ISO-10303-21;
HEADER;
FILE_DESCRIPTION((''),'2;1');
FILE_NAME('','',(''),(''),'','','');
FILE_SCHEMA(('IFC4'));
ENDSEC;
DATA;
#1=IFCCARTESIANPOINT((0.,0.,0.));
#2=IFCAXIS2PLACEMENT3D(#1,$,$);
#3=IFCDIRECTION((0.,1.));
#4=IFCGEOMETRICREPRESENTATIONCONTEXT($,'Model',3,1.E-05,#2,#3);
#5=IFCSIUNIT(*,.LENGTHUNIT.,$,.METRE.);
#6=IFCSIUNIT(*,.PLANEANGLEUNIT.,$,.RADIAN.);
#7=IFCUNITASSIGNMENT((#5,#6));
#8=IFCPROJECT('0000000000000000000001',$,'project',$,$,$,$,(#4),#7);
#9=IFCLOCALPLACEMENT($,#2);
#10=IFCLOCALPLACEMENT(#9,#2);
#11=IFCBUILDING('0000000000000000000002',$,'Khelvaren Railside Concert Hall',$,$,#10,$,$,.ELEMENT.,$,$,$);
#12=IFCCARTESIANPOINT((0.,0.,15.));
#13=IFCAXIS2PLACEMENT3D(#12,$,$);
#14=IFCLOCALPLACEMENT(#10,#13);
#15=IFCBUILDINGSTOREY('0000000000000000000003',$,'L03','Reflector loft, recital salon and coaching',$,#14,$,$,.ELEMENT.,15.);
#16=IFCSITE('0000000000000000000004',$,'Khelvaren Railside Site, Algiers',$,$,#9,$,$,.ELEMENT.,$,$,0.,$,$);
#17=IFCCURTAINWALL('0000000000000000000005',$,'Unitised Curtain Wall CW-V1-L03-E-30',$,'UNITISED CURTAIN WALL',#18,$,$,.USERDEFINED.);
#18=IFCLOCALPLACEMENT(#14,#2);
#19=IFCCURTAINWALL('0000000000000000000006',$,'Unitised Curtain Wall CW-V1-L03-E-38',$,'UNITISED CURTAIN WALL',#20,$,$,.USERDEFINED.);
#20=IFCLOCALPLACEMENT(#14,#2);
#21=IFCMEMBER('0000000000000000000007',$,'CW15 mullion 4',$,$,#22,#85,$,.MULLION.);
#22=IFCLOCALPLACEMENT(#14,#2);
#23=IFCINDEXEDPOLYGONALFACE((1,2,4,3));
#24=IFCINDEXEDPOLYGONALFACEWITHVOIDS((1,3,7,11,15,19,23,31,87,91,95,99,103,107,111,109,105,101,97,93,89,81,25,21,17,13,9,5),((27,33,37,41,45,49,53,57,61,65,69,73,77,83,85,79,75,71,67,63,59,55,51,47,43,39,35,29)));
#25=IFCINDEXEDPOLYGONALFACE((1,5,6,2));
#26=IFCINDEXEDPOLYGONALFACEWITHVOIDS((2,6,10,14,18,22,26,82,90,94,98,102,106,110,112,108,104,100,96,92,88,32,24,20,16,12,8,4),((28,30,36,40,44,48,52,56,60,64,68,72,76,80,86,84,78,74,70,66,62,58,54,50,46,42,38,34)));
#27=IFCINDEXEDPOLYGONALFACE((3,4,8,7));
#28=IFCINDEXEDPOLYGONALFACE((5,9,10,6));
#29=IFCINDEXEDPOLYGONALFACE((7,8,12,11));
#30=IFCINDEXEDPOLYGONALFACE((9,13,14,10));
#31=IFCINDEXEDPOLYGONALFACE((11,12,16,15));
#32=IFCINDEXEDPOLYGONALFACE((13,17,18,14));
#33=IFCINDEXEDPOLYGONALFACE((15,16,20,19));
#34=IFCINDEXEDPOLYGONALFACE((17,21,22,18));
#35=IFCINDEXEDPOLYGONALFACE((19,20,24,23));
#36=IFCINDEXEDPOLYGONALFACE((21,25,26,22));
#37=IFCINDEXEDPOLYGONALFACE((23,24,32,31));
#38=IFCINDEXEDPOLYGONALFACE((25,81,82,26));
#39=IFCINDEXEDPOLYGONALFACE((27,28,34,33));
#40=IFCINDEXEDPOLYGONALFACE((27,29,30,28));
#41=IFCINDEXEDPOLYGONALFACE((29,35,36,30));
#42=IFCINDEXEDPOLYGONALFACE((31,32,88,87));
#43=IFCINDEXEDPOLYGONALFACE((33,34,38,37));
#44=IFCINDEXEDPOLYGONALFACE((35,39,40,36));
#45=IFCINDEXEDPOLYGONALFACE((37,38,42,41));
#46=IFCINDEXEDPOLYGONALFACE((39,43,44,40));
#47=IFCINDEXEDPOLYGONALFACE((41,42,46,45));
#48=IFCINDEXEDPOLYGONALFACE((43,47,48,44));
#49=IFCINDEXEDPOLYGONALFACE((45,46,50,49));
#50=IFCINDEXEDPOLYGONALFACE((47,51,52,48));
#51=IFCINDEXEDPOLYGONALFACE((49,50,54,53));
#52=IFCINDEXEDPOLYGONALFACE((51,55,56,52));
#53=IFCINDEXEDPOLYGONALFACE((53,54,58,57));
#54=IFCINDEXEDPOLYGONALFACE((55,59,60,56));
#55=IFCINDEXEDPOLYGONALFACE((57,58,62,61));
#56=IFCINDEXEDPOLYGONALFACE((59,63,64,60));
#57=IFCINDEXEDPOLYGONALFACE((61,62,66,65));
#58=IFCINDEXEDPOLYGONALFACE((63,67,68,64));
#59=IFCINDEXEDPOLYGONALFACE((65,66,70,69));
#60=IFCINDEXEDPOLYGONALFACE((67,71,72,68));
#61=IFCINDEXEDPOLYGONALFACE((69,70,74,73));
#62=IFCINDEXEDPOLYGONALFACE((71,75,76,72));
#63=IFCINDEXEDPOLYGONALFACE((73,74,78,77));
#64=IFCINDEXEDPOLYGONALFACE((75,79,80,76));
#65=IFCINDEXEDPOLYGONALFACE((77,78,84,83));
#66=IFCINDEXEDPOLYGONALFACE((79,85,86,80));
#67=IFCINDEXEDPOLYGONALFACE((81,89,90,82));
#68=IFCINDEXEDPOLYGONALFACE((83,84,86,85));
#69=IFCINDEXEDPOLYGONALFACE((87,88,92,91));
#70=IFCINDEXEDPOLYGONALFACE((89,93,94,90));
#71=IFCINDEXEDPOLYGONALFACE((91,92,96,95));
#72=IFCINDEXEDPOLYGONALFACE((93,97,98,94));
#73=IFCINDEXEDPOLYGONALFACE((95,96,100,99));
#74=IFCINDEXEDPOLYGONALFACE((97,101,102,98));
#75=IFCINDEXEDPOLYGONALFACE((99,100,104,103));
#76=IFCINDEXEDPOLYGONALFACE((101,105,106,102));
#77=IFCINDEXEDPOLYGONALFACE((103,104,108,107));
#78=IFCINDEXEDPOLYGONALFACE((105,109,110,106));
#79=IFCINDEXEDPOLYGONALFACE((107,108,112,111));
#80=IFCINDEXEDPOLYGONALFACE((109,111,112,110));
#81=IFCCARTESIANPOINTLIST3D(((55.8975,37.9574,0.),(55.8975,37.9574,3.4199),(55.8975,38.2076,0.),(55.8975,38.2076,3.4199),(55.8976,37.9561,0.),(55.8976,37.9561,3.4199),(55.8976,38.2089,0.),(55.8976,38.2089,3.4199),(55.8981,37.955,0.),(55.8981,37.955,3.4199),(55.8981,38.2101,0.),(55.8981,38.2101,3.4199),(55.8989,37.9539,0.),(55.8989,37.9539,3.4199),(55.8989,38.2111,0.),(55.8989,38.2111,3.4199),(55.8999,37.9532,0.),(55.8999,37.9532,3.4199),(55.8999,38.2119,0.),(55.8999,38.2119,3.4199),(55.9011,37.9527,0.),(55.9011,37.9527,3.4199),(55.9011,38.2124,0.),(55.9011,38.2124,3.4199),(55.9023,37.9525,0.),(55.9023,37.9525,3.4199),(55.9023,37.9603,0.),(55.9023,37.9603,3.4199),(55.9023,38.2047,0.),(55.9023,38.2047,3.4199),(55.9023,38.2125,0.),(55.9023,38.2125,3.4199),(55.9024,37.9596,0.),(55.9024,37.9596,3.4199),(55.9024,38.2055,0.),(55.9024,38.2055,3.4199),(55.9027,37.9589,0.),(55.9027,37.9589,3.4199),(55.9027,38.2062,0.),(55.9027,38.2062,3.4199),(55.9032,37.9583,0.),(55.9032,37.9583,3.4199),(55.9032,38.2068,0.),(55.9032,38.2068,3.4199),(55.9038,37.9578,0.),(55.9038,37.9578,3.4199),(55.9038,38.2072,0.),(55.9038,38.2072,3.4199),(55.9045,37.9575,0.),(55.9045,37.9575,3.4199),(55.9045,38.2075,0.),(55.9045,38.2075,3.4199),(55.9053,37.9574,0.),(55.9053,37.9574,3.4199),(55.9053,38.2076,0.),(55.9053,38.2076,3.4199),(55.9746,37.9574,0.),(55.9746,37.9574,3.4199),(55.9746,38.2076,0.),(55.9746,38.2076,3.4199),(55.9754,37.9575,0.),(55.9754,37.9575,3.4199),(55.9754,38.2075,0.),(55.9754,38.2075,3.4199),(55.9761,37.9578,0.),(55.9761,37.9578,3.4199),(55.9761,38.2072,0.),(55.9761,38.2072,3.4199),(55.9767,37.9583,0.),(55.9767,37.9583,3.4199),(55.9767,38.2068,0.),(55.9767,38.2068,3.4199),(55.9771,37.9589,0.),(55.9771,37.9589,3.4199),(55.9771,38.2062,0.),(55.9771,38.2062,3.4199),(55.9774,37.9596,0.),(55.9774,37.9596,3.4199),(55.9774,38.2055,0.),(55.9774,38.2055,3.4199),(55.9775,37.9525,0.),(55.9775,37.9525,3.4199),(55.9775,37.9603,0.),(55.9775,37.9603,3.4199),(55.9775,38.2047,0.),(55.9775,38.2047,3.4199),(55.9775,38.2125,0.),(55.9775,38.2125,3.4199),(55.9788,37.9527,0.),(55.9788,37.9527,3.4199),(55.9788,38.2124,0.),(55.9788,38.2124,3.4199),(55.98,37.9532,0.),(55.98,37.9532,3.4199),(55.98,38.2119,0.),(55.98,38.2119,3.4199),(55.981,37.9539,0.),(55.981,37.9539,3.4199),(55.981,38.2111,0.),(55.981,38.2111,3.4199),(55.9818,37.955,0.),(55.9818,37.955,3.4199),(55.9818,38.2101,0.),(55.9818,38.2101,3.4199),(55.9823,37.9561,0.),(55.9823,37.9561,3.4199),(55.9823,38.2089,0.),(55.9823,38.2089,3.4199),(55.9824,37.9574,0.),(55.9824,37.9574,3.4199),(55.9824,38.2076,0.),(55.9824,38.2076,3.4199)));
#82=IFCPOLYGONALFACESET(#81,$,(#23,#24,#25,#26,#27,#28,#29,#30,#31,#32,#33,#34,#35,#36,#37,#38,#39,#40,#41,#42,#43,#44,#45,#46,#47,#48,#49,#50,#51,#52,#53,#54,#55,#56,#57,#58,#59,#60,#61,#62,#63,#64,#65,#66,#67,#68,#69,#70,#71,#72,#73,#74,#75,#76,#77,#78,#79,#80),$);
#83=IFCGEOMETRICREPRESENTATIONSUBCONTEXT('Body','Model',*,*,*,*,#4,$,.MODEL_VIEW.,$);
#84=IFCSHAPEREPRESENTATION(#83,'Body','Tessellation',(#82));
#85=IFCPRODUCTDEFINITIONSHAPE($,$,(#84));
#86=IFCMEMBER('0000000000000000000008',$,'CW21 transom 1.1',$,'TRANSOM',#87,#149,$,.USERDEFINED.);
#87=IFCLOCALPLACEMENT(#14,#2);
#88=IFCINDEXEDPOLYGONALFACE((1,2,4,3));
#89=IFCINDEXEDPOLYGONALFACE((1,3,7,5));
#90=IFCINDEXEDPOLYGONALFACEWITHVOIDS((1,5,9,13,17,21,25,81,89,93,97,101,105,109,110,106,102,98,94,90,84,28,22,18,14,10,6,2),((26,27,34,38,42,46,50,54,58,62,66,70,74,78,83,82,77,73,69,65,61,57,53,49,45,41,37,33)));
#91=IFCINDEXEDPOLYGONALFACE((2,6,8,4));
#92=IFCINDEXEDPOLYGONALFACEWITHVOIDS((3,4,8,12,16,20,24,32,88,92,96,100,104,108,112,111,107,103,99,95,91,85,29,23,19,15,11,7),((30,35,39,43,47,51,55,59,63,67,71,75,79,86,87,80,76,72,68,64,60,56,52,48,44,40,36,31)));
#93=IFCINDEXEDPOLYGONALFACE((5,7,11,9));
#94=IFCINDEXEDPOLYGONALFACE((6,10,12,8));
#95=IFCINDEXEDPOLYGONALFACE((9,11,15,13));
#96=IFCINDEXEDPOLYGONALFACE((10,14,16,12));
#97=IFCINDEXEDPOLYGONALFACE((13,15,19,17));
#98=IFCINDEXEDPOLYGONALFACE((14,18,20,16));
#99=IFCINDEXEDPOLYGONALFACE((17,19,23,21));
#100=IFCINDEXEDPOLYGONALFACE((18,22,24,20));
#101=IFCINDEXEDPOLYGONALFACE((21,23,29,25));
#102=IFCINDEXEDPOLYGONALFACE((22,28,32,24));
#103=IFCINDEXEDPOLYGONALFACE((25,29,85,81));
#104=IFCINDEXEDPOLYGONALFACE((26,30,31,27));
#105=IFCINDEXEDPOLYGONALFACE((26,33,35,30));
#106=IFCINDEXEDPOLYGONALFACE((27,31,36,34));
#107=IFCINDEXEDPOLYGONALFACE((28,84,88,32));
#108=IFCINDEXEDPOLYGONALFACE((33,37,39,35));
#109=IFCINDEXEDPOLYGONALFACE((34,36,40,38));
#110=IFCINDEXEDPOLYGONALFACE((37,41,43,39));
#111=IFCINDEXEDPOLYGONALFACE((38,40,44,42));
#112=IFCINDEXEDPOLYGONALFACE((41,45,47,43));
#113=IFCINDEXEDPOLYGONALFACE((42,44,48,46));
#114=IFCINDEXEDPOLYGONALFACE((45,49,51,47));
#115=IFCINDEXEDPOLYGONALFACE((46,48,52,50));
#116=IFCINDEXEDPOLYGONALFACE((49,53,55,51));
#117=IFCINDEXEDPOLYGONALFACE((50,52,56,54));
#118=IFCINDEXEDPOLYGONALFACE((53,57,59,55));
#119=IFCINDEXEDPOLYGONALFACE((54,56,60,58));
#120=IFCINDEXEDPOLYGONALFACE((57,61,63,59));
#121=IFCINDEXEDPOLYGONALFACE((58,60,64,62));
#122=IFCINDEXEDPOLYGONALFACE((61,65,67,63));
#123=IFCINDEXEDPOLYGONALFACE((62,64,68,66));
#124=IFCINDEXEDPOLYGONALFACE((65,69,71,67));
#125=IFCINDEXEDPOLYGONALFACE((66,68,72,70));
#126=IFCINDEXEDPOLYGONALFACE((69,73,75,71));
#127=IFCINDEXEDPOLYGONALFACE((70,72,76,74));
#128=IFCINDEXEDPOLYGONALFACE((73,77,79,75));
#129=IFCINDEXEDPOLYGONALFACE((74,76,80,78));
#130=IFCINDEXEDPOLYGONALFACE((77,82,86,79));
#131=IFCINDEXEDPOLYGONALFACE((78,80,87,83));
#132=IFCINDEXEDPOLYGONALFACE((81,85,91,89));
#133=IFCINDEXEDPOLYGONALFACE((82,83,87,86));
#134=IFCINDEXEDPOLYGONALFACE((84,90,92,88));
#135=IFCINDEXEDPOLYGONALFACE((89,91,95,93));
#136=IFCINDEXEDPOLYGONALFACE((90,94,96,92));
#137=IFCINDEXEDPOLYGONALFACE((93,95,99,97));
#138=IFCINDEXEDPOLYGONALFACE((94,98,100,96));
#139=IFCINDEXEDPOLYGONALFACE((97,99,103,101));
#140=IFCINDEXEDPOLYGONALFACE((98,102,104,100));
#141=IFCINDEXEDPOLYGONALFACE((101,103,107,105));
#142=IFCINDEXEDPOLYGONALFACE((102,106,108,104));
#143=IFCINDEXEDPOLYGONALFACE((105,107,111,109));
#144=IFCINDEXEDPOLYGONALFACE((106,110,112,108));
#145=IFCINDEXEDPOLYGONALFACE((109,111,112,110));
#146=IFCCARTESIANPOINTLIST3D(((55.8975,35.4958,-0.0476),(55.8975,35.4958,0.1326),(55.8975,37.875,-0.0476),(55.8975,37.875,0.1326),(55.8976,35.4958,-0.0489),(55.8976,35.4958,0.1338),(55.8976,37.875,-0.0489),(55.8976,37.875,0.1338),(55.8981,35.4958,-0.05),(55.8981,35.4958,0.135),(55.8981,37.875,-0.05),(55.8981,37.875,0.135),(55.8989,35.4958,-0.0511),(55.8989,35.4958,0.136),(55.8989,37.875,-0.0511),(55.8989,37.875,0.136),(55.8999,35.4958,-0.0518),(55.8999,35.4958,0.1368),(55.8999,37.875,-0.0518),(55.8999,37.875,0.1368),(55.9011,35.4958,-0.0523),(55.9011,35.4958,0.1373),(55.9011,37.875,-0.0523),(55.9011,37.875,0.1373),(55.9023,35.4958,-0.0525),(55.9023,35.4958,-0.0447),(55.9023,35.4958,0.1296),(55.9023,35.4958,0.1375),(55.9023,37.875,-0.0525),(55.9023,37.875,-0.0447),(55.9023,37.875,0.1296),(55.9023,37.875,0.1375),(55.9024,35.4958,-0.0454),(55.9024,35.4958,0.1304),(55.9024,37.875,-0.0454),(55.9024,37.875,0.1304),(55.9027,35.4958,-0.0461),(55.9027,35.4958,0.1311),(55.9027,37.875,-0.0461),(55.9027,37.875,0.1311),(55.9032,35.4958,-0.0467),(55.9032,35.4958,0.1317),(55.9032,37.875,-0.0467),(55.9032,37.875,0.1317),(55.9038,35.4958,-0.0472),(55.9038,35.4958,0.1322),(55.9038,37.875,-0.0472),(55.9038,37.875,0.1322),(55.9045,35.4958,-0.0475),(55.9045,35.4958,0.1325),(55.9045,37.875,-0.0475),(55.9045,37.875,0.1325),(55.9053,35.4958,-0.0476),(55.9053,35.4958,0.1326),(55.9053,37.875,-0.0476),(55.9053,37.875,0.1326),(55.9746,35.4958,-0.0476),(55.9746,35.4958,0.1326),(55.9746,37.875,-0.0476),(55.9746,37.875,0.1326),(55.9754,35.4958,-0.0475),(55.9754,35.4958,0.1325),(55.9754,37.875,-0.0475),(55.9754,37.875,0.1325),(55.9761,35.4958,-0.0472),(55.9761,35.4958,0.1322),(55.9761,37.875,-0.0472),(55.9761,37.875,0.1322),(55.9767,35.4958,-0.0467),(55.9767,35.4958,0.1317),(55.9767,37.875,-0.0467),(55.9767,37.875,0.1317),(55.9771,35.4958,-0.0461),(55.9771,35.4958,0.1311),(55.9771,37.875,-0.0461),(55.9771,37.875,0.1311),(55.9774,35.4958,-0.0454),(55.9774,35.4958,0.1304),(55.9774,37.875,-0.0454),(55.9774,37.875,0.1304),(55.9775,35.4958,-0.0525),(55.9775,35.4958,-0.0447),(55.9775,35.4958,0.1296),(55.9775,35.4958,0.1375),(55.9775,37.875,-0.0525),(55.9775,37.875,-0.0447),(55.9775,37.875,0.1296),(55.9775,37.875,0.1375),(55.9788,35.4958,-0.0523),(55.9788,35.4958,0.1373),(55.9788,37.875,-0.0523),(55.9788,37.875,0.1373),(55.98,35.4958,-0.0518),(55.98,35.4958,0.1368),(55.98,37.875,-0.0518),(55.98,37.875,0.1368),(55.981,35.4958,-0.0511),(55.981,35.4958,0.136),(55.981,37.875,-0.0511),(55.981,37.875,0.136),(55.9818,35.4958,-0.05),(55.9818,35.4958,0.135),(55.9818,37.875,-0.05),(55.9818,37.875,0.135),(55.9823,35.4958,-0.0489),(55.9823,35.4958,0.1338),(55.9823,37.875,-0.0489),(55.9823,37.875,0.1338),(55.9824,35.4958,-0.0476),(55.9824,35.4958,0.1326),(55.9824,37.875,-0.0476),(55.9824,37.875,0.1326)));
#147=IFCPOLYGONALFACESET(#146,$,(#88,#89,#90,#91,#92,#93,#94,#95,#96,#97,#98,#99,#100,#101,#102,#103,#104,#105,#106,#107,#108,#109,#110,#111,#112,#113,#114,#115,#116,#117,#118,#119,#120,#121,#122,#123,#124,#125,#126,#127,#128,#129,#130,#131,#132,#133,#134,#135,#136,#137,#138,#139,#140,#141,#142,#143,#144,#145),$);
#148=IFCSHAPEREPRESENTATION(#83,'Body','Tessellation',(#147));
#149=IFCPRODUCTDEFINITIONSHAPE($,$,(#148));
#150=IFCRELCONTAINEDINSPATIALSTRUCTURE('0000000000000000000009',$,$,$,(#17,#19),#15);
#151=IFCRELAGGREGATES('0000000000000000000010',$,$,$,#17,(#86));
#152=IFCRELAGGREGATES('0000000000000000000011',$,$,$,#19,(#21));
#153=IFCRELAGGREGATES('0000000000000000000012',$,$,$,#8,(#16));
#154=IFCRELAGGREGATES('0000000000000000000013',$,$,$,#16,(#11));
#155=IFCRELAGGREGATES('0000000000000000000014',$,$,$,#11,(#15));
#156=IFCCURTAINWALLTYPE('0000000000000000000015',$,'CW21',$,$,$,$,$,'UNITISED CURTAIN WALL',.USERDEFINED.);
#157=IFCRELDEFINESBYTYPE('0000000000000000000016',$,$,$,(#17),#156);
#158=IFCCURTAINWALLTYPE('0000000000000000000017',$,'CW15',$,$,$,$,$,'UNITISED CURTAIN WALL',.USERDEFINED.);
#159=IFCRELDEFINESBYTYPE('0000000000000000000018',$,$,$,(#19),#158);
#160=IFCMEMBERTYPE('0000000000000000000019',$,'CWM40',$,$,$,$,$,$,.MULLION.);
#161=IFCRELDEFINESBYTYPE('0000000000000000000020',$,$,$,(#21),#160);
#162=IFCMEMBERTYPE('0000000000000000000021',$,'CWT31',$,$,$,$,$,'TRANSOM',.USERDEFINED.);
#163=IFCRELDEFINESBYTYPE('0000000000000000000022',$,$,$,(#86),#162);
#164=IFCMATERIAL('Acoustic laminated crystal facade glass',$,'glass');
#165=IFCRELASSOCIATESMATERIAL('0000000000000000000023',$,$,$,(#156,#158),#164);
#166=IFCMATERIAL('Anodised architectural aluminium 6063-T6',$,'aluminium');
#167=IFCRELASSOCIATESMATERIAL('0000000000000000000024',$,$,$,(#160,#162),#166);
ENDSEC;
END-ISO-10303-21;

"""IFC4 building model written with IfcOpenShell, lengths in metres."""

from ifc_helpers import new_model, si_unit, direction, frame, origin, origin_2d, place, context, subcontext, project, spatial, hollow_rectangle, extrude, material, material_profile, profile_set, type_object, element, aggregate, save


model = new_model("IFC4")

# Units and contexts
model_context = context("Model", 3, precision=1e-05, world=origin(), true_north=direction((0.0, 1.0)))
body_context = subcontext(model_context, "Body", "Model", "MODEL_VIEW")
ifc_project = project(units=[si_unit("LENGTHUNIT", "METRE"), si_unit("PLANEANGLEUNIT", "RADIAN")], contexts=[model_context])

# Site, building, storey
site_placement = place(None, origin())
site = spatial("IfcSite", under=ifc_project, at=site_placement, Name="Khelvaren Railside Site, Algiers", CompositionType="ELEMENT", RefElevation=0.0)
building_placement = place(site_placement, origin())
building = spatial("IfcBuilding", under=site, at=building_placement, Name="Khelvaren Railside Concert Hall", CompositionType="ELEMENT")
storey_placement = place(building_placement, frame((0.0, 0.0, 15.0)))
storey = spatial("IfcBuildingStorey", under=building, at=storey_placement, Name="L03", Description="Reflector loft, recital salon and coaching", CompositionType="ELEMENT", Elevation=15.0)

# Curtain walls, member
ifc_material_1 = material(Name="Acoustic laminated crystal facade glass", Category="glass")
curtain_wall_type_1 = type_object("IfcCurtainWallType", Name="CW21", ElementType="UNITISED CURTAIN WALL", PredefinedType="USERDEFINED", material=ifc_material_1)
curtain_wall_1_placement = place(storey_placement, origin())
curtain_wall_1 = element("IfcCurtainWall", 1, at=curtain_wall_1_placement, inside=storey, type_object=curtain_wall_type_1, Name="Unitised Curtain Wall CW-V1-L03-E-30", ObjectType="UNITISED CURTAIN WALL", PredefinedType="USERDEFINED")
ifc_material_2 = material(Name="Anodised architectural aluminium 6063-T6", Category="aluminium")
ifc_material_profile_1 = material_profile(ifc_material_2, hollow_rectangle(XDim=0.085, YDim=0.26, WallThickness=0.0049, InnerFilletRadius=0.0029, OuterFilletRadius=0.0049, at=origin_2d()), Name="CWM 85x260x5")
ifc_profile_set_1 = profile_set([ifc_material_profile_1], Name="Anodised architectural aluminium 6063-T6")
member_type_1 = type_object("IfcMemberType", Name="CWM40", PredefinedType="MULLION", material=ifc_profile_set_1)
curtain_wall_type_2 = type_object("IfcCurtainWallType", Name="CW15", ElementType="UNITISED CURTAIN WALL", PredefinedType="USERDEFINED", material=ifc_material_1)
curtain_wall_2_placement = place(storey_placement, origin())
curtain_wall_2 = element("IfcCurtainWall", 2, at=curtain_wall_2_placement, inside=storey, type_object=curtain_wall_type_2, Name="Unitised Curtain Wall CW-V1-L03-E-38", ObjectType="UNITISED CURTAIN WALL", PredefinedType="USERDEFINED")
member_1_placement = place(storey_placement, frame((55.9399, 38.0825, 0.0), z_axis=(0.0, 0.0, 1.0), x_axis=(1.0, 0.0, 0.0)))
member_1 = element("IfcMember", 3, at=member_1_placement, type_object=member_type_1, Name="CW15 mullion 4", PredefinedType="MULLION", context=body_context, shape_type="SweptSolid", body=[
    extrude(hollow_rectangle(XDim=0.085, YDim=0.26, WallThickness=0.0049, InnerFilletRadius=0.0029, OuterFilletRadius=0.0049, at=origin_2d()), origin(), (0.0, 0.0, 1.0), 3.4199),
])

# Member
ifc_material_profile_2 = material_profile(ifc_material_2, hollow_rectangle(XDim=0.085, YDim=0.1899, WallThickness=0.0049, InnerFilletRadius=0.0029, OuterFilletRadius=0.0049, at=origin_2d()), Name="CWT 85x190x5")
ifc_profile_set_2 = profile_set([ifc_material_profile_2], Name="Anodised architectural aluminium 6063-T6")
member_type_2 = type_object("IfcMemberType", Name="CWT31", ElementType="TRANSOM", PredefinedType="USERDEFINED", material=ifc_profile_set_2)
member_2_placement = place(storey_placement, frame((55.9399, 37.875, 0.0425), z_axis=(0.0, -1.0, 0.0), x_axis=(1.0, 0.0, 0.0)))
member_2 = element("IfcMember", 4, at=member_2_placement, type_object=member_type_2, Name="CW21 transom 1.1", ObjectType="TRANSOM", PredefinedType="USERDEFINED", context=body_context, shape_type="SweptSolid", body=[
    extrude(hollow_rectangle(XDim=0.085, YDim=0.1899, WallThickness=0.0049, InnerFilletRadius=0.0029, OuterFilletRadius=0.0049, at=origin_2d()), origin(), (0.0, 0.0, 1.0), 2.3792),
])

aggregate(curtain_wall_1, [member_2])
aggregate(curtain_wall_2, [member_1])

save(model, "model.ifc")
